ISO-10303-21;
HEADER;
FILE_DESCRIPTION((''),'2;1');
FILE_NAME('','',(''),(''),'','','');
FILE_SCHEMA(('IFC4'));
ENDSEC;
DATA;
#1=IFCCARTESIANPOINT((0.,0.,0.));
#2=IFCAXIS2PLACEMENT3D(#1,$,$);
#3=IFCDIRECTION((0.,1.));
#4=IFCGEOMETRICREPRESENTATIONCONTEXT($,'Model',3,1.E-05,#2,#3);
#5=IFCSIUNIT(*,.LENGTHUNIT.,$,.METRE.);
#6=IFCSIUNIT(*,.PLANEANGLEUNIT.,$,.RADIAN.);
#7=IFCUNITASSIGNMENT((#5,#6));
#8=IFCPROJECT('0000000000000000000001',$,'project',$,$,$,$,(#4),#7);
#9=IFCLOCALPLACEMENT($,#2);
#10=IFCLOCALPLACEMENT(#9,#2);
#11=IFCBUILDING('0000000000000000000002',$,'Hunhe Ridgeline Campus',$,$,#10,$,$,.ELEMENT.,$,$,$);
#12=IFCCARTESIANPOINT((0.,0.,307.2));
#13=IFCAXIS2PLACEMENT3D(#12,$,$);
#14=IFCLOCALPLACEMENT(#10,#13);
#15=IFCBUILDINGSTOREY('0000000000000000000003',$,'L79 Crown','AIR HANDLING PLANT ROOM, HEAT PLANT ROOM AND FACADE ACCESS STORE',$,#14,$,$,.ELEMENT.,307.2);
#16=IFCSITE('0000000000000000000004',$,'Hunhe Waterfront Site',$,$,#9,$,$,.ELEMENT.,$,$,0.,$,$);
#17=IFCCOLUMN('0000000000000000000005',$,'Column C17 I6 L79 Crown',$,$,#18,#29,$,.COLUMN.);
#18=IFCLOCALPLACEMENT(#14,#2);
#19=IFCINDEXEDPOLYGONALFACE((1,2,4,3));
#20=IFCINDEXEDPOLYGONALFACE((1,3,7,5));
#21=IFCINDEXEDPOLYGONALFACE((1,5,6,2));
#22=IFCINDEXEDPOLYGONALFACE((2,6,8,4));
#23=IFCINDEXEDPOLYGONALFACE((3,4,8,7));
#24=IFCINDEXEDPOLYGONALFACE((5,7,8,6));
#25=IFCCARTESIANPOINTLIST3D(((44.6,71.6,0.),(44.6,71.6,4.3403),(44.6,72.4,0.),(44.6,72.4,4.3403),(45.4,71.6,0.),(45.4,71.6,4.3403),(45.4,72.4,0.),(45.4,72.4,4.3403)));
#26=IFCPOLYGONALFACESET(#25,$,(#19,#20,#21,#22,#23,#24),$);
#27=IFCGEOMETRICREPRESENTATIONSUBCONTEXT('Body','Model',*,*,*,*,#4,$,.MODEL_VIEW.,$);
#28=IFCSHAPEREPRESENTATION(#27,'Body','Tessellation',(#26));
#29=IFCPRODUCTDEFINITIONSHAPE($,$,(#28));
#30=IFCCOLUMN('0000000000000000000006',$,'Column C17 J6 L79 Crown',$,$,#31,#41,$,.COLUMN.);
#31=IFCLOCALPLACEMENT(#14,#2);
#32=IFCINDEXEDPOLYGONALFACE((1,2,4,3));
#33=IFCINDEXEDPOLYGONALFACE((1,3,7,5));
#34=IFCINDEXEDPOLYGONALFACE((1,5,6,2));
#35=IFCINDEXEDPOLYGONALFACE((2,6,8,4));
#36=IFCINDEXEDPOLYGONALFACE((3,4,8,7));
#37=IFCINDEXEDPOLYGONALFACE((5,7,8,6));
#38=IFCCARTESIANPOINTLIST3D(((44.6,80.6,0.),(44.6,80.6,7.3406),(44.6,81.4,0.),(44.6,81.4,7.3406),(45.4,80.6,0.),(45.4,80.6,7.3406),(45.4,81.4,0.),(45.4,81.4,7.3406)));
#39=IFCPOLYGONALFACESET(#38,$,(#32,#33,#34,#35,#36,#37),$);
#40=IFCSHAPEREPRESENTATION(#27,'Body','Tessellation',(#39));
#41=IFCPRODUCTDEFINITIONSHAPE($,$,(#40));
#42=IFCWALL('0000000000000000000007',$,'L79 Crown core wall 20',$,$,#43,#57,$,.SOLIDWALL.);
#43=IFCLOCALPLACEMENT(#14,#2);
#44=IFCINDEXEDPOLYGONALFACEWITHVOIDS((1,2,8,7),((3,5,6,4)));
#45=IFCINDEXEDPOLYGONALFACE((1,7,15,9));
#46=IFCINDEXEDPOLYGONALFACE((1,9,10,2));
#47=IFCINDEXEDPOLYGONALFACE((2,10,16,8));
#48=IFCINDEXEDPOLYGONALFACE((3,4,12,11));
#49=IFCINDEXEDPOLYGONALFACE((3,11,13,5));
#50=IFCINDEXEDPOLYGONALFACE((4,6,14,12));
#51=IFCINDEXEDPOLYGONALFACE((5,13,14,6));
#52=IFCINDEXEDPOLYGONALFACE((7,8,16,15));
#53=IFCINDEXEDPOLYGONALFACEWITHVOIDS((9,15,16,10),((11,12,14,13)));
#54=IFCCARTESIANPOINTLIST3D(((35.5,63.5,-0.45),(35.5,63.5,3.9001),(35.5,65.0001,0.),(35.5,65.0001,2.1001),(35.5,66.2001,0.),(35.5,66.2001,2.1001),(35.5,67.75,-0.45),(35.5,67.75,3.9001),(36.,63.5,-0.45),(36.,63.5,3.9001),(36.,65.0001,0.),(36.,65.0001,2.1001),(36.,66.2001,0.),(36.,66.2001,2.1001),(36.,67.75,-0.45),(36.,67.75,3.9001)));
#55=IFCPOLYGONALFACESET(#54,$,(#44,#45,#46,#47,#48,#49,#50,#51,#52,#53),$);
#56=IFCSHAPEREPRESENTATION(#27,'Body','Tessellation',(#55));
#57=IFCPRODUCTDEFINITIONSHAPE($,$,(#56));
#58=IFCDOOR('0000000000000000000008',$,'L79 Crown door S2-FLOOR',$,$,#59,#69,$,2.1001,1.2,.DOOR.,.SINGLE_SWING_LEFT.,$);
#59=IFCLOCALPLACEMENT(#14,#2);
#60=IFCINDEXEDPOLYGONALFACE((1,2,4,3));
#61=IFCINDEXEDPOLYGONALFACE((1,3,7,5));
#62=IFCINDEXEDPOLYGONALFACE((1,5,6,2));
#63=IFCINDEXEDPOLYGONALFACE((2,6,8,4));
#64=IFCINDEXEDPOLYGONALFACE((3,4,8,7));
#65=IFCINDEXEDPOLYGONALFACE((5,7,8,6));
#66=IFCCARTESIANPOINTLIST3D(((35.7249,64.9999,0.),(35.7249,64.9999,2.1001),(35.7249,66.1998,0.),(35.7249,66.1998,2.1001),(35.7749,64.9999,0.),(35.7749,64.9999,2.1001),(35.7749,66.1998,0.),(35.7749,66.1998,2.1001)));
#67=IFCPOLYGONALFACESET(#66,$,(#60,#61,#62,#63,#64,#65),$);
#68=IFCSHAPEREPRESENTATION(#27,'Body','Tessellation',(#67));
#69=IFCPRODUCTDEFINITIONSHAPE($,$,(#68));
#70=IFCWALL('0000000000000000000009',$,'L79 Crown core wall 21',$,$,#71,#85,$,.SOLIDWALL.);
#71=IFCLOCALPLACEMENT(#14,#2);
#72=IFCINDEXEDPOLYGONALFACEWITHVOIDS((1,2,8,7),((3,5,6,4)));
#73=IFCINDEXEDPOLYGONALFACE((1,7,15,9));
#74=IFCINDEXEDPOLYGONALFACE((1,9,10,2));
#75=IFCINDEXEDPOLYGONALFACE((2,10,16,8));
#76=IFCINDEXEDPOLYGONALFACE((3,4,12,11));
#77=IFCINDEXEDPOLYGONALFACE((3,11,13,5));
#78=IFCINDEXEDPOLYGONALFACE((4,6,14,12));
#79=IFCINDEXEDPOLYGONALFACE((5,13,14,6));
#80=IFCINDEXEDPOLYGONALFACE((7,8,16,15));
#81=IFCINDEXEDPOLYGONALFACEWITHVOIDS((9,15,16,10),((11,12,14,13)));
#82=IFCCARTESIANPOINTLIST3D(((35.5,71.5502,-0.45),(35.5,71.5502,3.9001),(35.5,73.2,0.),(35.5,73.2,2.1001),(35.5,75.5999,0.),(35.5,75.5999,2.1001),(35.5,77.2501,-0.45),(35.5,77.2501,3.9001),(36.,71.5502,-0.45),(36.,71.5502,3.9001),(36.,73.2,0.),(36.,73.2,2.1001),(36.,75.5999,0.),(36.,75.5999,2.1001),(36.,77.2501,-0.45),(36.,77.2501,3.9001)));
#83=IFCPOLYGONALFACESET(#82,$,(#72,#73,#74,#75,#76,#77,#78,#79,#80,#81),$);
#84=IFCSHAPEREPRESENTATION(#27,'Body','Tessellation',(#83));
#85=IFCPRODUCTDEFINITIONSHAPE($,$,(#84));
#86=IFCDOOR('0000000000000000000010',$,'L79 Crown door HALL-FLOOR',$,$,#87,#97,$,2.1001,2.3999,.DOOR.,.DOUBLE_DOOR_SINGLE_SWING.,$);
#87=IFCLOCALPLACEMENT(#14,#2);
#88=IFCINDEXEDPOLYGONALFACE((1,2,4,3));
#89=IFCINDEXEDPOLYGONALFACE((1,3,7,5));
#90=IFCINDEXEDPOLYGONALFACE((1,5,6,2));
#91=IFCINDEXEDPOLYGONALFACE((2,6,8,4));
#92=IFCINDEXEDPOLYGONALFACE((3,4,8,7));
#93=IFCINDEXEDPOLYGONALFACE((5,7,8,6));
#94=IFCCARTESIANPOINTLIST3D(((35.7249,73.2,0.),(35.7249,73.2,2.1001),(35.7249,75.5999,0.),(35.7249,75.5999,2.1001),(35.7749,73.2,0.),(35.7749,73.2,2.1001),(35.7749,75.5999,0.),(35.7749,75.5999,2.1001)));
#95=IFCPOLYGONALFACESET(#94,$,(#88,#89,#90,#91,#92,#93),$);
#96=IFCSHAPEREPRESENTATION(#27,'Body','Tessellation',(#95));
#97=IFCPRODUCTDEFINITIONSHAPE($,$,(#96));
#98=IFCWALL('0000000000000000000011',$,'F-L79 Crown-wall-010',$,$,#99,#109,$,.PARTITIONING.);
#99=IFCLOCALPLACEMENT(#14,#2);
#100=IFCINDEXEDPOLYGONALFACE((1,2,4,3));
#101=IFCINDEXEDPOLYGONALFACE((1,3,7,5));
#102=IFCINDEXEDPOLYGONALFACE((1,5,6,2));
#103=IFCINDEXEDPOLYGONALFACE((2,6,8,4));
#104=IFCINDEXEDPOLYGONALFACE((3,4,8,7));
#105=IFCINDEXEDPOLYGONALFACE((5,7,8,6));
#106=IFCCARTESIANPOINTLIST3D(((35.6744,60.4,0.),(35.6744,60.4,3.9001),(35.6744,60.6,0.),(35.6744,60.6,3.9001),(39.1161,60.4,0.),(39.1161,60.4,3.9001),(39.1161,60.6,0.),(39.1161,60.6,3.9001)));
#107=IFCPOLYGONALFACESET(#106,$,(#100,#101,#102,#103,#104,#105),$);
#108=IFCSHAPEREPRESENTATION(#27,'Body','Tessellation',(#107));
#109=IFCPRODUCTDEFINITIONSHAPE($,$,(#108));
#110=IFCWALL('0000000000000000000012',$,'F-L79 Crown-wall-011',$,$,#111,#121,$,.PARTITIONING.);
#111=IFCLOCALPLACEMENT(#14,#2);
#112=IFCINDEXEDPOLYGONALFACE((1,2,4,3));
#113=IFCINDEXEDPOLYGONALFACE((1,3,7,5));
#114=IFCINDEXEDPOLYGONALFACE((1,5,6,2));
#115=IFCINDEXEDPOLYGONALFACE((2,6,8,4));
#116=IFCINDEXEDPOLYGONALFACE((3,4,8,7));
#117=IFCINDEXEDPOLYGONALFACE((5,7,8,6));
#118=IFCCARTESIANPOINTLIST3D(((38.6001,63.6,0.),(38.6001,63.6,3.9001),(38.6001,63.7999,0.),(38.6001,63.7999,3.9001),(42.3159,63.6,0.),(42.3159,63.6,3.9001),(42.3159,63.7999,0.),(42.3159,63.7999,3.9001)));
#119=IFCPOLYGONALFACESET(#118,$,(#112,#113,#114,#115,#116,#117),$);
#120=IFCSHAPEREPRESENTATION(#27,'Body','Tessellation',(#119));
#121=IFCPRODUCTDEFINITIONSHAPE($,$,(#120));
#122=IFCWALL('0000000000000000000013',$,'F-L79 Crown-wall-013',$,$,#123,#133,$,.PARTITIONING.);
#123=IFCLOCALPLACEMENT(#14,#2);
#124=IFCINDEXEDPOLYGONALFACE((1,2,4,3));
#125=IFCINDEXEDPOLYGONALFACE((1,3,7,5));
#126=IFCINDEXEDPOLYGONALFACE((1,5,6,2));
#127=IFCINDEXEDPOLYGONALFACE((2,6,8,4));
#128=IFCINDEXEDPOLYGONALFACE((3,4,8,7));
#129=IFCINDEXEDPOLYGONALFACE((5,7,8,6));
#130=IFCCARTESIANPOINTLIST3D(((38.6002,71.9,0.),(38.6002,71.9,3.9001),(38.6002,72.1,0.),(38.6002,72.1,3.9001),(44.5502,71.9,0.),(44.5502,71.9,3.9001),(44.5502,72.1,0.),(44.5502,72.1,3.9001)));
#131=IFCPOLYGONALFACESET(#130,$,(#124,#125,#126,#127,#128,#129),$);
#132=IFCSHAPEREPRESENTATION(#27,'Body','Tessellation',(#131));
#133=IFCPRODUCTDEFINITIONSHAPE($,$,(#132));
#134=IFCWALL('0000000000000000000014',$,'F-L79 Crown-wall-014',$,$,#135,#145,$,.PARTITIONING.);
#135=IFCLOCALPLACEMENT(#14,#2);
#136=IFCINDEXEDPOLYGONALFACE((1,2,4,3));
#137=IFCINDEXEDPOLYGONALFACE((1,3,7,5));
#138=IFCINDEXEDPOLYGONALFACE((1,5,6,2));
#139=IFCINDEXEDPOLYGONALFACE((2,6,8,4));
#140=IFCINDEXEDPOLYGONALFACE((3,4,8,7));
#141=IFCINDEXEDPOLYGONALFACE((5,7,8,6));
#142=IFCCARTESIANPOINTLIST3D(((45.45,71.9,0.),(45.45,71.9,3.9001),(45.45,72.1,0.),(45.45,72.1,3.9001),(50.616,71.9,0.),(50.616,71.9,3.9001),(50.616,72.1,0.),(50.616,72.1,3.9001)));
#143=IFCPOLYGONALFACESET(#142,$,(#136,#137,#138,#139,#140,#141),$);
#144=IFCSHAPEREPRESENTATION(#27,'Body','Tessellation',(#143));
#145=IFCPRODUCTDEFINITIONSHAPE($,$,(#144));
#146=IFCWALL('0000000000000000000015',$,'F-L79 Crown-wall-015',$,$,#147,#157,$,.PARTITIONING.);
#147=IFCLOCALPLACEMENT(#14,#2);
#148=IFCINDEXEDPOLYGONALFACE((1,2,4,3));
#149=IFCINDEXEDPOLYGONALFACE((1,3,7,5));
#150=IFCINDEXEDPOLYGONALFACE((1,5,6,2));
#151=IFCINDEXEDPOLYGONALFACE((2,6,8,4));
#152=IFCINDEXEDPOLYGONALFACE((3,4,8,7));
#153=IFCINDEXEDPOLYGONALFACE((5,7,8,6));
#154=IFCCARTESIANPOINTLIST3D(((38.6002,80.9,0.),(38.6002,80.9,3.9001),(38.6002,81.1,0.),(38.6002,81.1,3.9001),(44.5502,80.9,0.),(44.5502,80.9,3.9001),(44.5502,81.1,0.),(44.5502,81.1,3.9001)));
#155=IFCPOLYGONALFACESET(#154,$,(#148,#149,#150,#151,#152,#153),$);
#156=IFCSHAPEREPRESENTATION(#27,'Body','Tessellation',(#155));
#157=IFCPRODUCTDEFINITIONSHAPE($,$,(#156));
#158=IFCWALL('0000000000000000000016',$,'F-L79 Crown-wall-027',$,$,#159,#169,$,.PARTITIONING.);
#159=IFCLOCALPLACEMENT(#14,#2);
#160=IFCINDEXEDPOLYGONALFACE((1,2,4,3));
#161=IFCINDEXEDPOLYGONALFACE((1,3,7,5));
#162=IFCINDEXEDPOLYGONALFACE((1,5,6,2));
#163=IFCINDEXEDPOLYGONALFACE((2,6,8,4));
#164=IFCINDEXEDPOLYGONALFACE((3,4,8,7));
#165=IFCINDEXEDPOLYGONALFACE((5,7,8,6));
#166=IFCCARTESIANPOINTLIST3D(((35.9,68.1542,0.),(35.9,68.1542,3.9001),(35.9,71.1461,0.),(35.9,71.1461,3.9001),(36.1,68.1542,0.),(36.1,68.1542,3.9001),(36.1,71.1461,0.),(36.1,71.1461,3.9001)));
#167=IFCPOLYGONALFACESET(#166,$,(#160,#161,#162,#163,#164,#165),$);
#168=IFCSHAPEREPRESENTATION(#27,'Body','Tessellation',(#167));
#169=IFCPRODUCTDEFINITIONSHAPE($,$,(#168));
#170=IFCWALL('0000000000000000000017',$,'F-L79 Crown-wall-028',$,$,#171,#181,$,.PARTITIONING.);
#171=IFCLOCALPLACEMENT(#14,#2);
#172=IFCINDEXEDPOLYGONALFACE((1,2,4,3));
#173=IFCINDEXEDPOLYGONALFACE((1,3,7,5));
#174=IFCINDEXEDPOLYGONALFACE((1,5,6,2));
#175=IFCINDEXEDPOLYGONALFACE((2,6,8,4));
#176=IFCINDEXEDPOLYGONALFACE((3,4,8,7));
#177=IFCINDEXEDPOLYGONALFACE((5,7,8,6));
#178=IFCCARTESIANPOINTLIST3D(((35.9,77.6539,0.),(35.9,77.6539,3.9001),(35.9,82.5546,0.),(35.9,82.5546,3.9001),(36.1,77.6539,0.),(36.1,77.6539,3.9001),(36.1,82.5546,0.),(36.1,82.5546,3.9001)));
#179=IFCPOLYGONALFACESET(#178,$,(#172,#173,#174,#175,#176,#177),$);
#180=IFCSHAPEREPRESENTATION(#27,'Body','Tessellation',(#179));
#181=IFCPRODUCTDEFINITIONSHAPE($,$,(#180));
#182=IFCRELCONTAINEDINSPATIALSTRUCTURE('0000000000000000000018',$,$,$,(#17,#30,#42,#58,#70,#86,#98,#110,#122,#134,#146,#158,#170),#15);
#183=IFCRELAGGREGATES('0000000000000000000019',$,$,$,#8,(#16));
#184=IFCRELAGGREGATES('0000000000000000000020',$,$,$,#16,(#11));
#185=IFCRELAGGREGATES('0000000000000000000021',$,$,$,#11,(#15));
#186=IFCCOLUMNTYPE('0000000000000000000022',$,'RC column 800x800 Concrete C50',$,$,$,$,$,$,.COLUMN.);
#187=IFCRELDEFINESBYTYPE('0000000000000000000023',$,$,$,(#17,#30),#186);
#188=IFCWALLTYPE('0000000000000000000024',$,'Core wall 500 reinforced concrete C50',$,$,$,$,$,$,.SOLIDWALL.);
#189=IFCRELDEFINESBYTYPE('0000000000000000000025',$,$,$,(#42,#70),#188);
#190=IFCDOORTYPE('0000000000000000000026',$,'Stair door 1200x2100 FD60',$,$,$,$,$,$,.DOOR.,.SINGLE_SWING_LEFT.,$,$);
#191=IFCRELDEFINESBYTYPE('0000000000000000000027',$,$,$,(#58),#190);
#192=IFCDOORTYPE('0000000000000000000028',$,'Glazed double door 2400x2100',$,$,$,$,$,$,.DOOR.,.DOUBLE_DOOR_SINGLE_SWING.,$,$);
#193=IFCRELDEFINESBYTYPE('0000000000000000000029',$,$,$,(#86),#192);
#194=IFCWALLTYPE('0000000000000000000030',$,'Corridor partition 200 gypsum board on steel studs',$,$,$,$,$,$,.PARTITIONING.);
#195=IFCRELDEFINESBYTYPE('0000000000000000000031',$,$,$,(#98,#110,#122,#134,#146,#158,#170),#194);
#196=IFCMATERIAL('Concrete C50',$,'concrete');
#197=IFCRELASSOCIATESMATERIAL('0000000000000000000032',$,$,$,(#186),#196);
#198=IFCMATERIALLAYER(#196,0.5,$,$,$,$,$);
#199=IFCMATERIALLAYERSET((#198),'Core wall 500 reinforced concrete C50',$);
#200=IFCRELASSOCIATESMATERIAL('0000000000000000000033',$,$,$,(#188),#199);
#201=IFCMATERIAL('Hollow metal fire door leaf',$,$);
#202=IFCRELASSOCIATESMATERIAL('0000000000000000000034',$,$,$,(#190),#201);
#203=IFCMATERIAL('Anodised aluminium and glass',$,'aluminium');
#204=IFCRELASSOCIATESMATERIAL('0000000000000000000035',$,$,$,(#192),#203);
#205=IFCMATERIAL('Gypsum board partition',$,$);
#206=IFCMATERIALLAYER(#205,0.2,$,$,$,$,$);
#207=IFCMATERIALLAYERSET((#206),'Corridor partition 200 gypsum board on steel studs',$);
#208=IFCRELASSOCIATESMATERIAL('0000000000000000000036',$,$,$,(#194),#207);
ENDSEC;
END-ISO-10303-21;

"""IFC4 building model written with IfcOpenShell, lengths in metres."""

from ifc_helpers import new_model, si_unit, direction, frame, frame_2d, origin, origin_2d, place, context, subcontext, project, spatial, rectangle, extrude, material, layer, layer_set, material_profile, profile_set, type_object, element, fill, save


model = new_model("IFC4")

# Units and contexts
model_context = context("Model", 3, precision=1e-05, world=origin(), true_north=direction((0.0, 1.0)))
body_context = subcontext(model_context, "Body", "Model", "MODEL_VIEW")
ifc_project = project(units=[si_unit("LENGTHUNIT", "METRE"), si_unit("PLANEANGLEUNIT", "RADIAN")], contexts=[model_context])

# Site, building, storey
site_placement = place(None, origin())
site = spatial("IfcSite", under=ifc_project, at=site_placement, Name="Hunhe Waterfront Site", CompositionType="ELEMENT", RefElevation=0.0)
building_placement = place(site_placement, origin())
building = spatial("IfcBuilding", under=site, at=building_placement, Name="Hunhe Ridgeline Campus", CompositionType="ELEMENT")
storey_placement = place(building_placement, frame((0.0, 0.0, 307.2)))
storey = spatial("IfcBuildingStorey", under=building, at=storey_placement, Name="L79 Crown", Description="AIR HANDLING PLANT ROOM, HEAT PLANT ROOM AND FACADE ACCESS STORE", CompositionType="ELEMENT", Elevation=307.2)

# Columns
ifc_material_1 = material(Name="Concrete C50", Category="concrete")
ifc_material_profile = material_profile(ifc_material_1, rectangle(XDim=0.8, YDim=0.8, at=origin_2d()))
ifc_profile_set = profile_set([ifc_material_profile], Name="Concrete C50")
column_type = type_object("IfcColumnType", Name="RC column 800x800 Concrete C50", PredefinedType="COLUMN", material=ifc_profile_set)
column_1_placement = place(storey_placement, frame((45.0, 72.0, 0.0), z_axis=(0.0, 0.0, 1.0), x_axis=(1.0, 0.0, 0.0)))
element("IfcColumn", 1, at=column_1_placement, inside=storey, type_object=column_type, Name="Column C17 I6 L79 Crown", PredefinedType="COLUMN", context=body_context, shape_type="SweptSolid", body=[
    extrude(rectangle(XDim=0.8, YDim=0.8, at=origin_2d()), origin(), (0.0, 0.0, 1.0), 4.3403),
])
column_2_placement = place(storey_placement, frame((45.0, 81.0, 0.0), z_axis=(0.0, 0.0, 1.0), x_axis=(1.0, 0.0, 0.0)))
element("IfcColumn", 2, at=column_2_placement, inside=storey, type_object=column_type, Name="Column C17 J6 L79 Crown", PredefinedType="COLUMN", context=body_context, shape_type="SweptSolid", body=[
    extrude(rectangle(XDim=0.8, YDim=0.8, at=origin_2d()), origin(), (0.0, 0.0, 1.0), 7.3406),
])

# Walls, openings, doors
ifc_layer_1 = layer(ifc_material_1, 0.5)
ifc_layer_set_1 = layer_set([ifc_layer_1], Name="Core wall 500 reinforced concrete C50")
wall_type_1 = type_object("IfcWallType", Name="Core wall 500 reinforced concrete C50", PredefinedType="SOLIDWALL", material=ifc_layer_set_1)
wall_1_placement = place(storey_placement, frame((35.75, 63.5, -0.45), z_axis=(0.0, 0.0, 1.0), x_axis=(0.0, 1.0, 0.0)))
wall_1 = element("IfcWall", 3, at=wall_1_placement, inside=storey, type_object=wall_type_1, Name="L79 Crown core wall 20", PredefinedType="SOLIDWALL", context=body_context, shape_type="SweptSolid", body=[
    extrude(rectangle(XDim=4.25, YDim=0.5, at=frame_2d((2.125, 0.0))), origin(), (0.0, 0.0, 1.0), 4.3501),
])
opening_1_placement = place(wall_1_placement, frame((1.5, 0.0, 0.45)))
opening_1 = element("IfcOpeningElement", 4, at=opening_1_placement, cuts=wall_1, PredefinedType="OPENING", context=body_context, shape_type="SweptSolid", body=[
    extrude(rectangle(XDim=1.2, YDim=2.1001, at=frame_2d((0.6001, 1.05))), frame((0.0, 0.25, 0.0), z_axis=(0.0, -1.0, 0.0), x_axis=(1.0, 0.0, 0.0)), (0.0, 0.0, 1.0), 0.5),
])
ifc_material_2 = material(Name="Hollow metal fire door leaf")
door_type_1 = type_object("IfcDoorType", Name="Stair door 1200x2100 FD60", OperationType="SINGLE_SWING_LEFT", PredefinedType="DOOR", material=ifc_material_2)
door_1_placement = place(opening_1_placement, frame((1.2, 0.0, 0.0), z_axis=(0.0, 0.0, 1.0), x_axis=(-1.0, 0.0, 0.0)))
door_1 = element("IfcDoor", 5, at=door_1_placement, inside=storey, type_object=door_type_1, Name="L79 Crown door S2-FLOOR", OperationType="SINGLE_SWING_LEFT", OverallHeight=2.1001, OverallWidth=1.2, PredefinedType="DOOR", context=body_context, shape_type="SweptSolid", body=[
    extrude(rectangle(XDim=1.2, YDim=2.1001, at=frame_2d((0.6001, 1.05))), frame((0.0, 0.0249, 0.0), z_axis=(0.0, -1.0, 0.0), x_axis=(1.0, 0.0, 0.0)), (0.0, 0.0, 1.0), 0.05),
])
fill(opening_1, door_1)
wall_2_placement = place(storey_placement, frame((35.75, 71.55, -0.45), z_axis=(0.0, 0.0, 1.0), x_axis=(0.0, 1.0, 0.0)))
wall_2 = element("IfcWall", 6, at=wall_2_placement, inside=storey, type_object=wall_type_1, Name="L79 Crown core wall 21", PredefinedType="SOLIDWALL", context=body_context, shape_type="SweptSolid", body=[
    extrude(rectangle(XDim=5.7, YDim=0.5, at=frame_2d((2.8501, 0.0))), origin(), (0.0, 0.0, 1.0), 4.3501),
])
opening_2_placement = place(wall_2_placement, frame((1.6499, 0.0, 0.45)))
opening_2 = element("IfcOpeningElement", 7, at=opening_2_placement, cuts=wall_2, PredefinedType="OPENING", context=body_context, shape_type="SweptSolid", body=[
    extrude(rectangle(XDim=2.3999, YDim=2.1001, at=frame_2d((1.2, 1.05))), frame((0.0, 0.25, 0.0), z_axis=(0.0, -1.0, 0.0), x_axis=(1.0, 0.0, 0.0)), (0.0, 0.0, 1.0), 0.5),
])
ifc_material_3 = material(Name="Anodised aluminium and glass", Category="aluminium")
door_type_2 = type_object("IfcDoorType", Name="Glazed double door 2400x2100", OperationType="DOUBLE_DOOR_SINGLE_SWING", PredefinedType="DOOR", material=ifc_material_3)
door_2_placement = place(opening_2_placement, frame((2.3999, 0.0, 0.0), z_axis=(0.0, 0.0, 1.0), x_axis=(-1.0, 0.0, 0.0)))
door_2 = element("IfcDoor", 8, at=door_2_placement, inside=storey, type_object=door_type_2, Name="L79 Crown door HALL-FLOOR", OperationType="DOUBLE_DOOR_SINGLE_SWING", OverallHeight=2.1001, OverallWidth=2.3999, PredefinedType="DOOR", context=body_context, shape_type="SweptSolid", body=[
    extrude(rectangle(XDim=2.3999, YDim=2.1001, at=frame_2d((1.2, 1.05))), frame((0.0, 0.0249, 0.0), z_axis=(0.0, -1.0, 0.0), x_axis=(1.0, 0.0, 0.0)), (0.0, 0.0, 1.0), 0.05),
])
fill(opening_2, door_2)

# Walls
ifc_material_4 = material(Name="Gypsum board partition")
ifc_layer_2 = layer(ifc_material_4, 0.2)
ifc_layer_set_2 = layer_set([ifc_layer_2], Name="Corridor partition 200 gypsum board on steel studs")
wall_type_2 = type_object("IfcWallType", Name="Corridor partition 200 gypsum board on steel studs", PredefinedType="PARTITIONING", material=ifc_layer_set_2)
wall_3_placement = place(storey_placement, frame((39.116, 60.5, 0.0), z_axis=(0.0, 0.0, 1.0), x_axis=(-1.0, 0.0, 0.0)))
element("IfcWall", 9, at=wall_3_placement, inside=storey, type_object=wall_type_2, Name="F-L79 Crown-wall-010", PredefinedType="PARTITIONING", context=body_context, shape_type="SweptSolid", body=[
    extrude(rectangle(XDim=3.4417, YDim=0.2, at=frame_2d((1.7207, 0.0))), origin(), (0.0, 0.0, 1.0), 3.9001),
])
wall_4_placement = place(storey_placement, frame((38.6001, 63.7, 0.0), z_axis=(0.0, 0.0, 1.0), x_axis=(1.0, 0.0, 0.0)))
element("IfcWall", 10, at=wall_4_placement, inside=storey, type_object=wall_type_2, Name="F-L79 Crown-wall-011", PredefinedType="PARTITIONING", context=body_context, shape_type="SweptSolid", body=[
    extrude(rectangle(XDim=3.7158, YDim=0.2, at=frame_2d((1.8579, 0.0))), origin(), (0.0, 0.0, 1.0), 3.9001),
])
wall_5_placement = place(storey_placement, frame((38.6001, 72.0, 0.0), z_axis=(0.0, 0.0, 1.0), x_axis=(1.0, 0.0, 0.0)))
element("IfcWall", 11, at=wall_5_placement, inside=storey, type_object=wall_type_2, Name="F-L79 Crown-wall-013", PredefinedType="PARTITIONING", context=body_context, shape_type="SweptSolid", body=[
    extrude(rectangle(XDim=5.95, YDim=0.2, at=frame_2d((2.9751, 0.0))), origin(), (0.0, 0.0, 1.0), 3.9001),
])
wall_6_placement = place(storey_placement, frame((45.45, 72.0, 0.0), z_axis=(0.0, 0.0, 1.0), x_axis=(1.0, 0.0, 0.0)))
element("IfcWall", 12, at=wall_6_placement, inside=storey, type_object=wall_type_2, Name="F-L79 Crown-wall-014", PredefinedType="PARTITIONING", context=body_context, shape_type="SweptSolid", body=[
    extrude(rectangle(XDim=5.166, YDim=0.2, at=frame_2d((2.583, 0.0))), origin(), (0.0, 0.0, 1.0), 3.9001),
])
wall_7_placement = place(storey_placement, frame((38.6001, 81.0, 0.0), z_axis=(0.0, 0.0, 1.0), x_axis=(1.0, 0.0, 0.0)))
element("IfcWall", 13, at=wall_7_placement, inside=storey, type_object=wall_type_2, Name="F-L79 Crown-wall-015", PredefinedType="PARTITIONING", context=body_context, shape_type="SweptSolid", body=[
    extrude(rectangle(XDim=5.95, YDim=0.2, at=frame_2d((2.9751, 0.0))), origin(), (0.0, 0.0, 1.0), 3.9001),
])

# Walls
wall_8_placement = place(storey_placement, frame((36.0, 68.1541, 0.0), z_axis=(0.0, 0.0, 1.0), x_axis=(0.0, 1.0, 0.0)))
element("IfcWall", 14, at=wall_8_placement, inside=storey, type_object=wall_type_2, Name="F-L79 Crown-wall-027", PredefinedType="PARTITIONING", context=body_context, shape_type="SweptSolid", body=[
    extrude(rectangle(XDim=2.9919, YDim=0.2, at=frame_2d((1.4961, 0.0))), origin(), (0.0, 0.0, 1.0), 3.9001),
])
wall_9_placement = place(storey_placement, frame((36.0, 77.6541, 0.0), z_axis=(0.0, 0.0, 1.0), x_axis=(0.0, 1.0, 0.0)))
element("IfcWall", 15, at=wall_9_placement, inside=storey, type_object=wall_type_2, Name="F-L79 Crown-wall-028", PredefinedType="PARTITIONING", context=body_context, shape_type="SweptSolid", body=[
    extrude(rectangle(XDim=4.9006, YDim=0.2, at=frame_2d((2.4502, 0.0))), origin(), (0.0, 0.0, 1.0), 3.9001),
])

save(model, "model.ifc")
